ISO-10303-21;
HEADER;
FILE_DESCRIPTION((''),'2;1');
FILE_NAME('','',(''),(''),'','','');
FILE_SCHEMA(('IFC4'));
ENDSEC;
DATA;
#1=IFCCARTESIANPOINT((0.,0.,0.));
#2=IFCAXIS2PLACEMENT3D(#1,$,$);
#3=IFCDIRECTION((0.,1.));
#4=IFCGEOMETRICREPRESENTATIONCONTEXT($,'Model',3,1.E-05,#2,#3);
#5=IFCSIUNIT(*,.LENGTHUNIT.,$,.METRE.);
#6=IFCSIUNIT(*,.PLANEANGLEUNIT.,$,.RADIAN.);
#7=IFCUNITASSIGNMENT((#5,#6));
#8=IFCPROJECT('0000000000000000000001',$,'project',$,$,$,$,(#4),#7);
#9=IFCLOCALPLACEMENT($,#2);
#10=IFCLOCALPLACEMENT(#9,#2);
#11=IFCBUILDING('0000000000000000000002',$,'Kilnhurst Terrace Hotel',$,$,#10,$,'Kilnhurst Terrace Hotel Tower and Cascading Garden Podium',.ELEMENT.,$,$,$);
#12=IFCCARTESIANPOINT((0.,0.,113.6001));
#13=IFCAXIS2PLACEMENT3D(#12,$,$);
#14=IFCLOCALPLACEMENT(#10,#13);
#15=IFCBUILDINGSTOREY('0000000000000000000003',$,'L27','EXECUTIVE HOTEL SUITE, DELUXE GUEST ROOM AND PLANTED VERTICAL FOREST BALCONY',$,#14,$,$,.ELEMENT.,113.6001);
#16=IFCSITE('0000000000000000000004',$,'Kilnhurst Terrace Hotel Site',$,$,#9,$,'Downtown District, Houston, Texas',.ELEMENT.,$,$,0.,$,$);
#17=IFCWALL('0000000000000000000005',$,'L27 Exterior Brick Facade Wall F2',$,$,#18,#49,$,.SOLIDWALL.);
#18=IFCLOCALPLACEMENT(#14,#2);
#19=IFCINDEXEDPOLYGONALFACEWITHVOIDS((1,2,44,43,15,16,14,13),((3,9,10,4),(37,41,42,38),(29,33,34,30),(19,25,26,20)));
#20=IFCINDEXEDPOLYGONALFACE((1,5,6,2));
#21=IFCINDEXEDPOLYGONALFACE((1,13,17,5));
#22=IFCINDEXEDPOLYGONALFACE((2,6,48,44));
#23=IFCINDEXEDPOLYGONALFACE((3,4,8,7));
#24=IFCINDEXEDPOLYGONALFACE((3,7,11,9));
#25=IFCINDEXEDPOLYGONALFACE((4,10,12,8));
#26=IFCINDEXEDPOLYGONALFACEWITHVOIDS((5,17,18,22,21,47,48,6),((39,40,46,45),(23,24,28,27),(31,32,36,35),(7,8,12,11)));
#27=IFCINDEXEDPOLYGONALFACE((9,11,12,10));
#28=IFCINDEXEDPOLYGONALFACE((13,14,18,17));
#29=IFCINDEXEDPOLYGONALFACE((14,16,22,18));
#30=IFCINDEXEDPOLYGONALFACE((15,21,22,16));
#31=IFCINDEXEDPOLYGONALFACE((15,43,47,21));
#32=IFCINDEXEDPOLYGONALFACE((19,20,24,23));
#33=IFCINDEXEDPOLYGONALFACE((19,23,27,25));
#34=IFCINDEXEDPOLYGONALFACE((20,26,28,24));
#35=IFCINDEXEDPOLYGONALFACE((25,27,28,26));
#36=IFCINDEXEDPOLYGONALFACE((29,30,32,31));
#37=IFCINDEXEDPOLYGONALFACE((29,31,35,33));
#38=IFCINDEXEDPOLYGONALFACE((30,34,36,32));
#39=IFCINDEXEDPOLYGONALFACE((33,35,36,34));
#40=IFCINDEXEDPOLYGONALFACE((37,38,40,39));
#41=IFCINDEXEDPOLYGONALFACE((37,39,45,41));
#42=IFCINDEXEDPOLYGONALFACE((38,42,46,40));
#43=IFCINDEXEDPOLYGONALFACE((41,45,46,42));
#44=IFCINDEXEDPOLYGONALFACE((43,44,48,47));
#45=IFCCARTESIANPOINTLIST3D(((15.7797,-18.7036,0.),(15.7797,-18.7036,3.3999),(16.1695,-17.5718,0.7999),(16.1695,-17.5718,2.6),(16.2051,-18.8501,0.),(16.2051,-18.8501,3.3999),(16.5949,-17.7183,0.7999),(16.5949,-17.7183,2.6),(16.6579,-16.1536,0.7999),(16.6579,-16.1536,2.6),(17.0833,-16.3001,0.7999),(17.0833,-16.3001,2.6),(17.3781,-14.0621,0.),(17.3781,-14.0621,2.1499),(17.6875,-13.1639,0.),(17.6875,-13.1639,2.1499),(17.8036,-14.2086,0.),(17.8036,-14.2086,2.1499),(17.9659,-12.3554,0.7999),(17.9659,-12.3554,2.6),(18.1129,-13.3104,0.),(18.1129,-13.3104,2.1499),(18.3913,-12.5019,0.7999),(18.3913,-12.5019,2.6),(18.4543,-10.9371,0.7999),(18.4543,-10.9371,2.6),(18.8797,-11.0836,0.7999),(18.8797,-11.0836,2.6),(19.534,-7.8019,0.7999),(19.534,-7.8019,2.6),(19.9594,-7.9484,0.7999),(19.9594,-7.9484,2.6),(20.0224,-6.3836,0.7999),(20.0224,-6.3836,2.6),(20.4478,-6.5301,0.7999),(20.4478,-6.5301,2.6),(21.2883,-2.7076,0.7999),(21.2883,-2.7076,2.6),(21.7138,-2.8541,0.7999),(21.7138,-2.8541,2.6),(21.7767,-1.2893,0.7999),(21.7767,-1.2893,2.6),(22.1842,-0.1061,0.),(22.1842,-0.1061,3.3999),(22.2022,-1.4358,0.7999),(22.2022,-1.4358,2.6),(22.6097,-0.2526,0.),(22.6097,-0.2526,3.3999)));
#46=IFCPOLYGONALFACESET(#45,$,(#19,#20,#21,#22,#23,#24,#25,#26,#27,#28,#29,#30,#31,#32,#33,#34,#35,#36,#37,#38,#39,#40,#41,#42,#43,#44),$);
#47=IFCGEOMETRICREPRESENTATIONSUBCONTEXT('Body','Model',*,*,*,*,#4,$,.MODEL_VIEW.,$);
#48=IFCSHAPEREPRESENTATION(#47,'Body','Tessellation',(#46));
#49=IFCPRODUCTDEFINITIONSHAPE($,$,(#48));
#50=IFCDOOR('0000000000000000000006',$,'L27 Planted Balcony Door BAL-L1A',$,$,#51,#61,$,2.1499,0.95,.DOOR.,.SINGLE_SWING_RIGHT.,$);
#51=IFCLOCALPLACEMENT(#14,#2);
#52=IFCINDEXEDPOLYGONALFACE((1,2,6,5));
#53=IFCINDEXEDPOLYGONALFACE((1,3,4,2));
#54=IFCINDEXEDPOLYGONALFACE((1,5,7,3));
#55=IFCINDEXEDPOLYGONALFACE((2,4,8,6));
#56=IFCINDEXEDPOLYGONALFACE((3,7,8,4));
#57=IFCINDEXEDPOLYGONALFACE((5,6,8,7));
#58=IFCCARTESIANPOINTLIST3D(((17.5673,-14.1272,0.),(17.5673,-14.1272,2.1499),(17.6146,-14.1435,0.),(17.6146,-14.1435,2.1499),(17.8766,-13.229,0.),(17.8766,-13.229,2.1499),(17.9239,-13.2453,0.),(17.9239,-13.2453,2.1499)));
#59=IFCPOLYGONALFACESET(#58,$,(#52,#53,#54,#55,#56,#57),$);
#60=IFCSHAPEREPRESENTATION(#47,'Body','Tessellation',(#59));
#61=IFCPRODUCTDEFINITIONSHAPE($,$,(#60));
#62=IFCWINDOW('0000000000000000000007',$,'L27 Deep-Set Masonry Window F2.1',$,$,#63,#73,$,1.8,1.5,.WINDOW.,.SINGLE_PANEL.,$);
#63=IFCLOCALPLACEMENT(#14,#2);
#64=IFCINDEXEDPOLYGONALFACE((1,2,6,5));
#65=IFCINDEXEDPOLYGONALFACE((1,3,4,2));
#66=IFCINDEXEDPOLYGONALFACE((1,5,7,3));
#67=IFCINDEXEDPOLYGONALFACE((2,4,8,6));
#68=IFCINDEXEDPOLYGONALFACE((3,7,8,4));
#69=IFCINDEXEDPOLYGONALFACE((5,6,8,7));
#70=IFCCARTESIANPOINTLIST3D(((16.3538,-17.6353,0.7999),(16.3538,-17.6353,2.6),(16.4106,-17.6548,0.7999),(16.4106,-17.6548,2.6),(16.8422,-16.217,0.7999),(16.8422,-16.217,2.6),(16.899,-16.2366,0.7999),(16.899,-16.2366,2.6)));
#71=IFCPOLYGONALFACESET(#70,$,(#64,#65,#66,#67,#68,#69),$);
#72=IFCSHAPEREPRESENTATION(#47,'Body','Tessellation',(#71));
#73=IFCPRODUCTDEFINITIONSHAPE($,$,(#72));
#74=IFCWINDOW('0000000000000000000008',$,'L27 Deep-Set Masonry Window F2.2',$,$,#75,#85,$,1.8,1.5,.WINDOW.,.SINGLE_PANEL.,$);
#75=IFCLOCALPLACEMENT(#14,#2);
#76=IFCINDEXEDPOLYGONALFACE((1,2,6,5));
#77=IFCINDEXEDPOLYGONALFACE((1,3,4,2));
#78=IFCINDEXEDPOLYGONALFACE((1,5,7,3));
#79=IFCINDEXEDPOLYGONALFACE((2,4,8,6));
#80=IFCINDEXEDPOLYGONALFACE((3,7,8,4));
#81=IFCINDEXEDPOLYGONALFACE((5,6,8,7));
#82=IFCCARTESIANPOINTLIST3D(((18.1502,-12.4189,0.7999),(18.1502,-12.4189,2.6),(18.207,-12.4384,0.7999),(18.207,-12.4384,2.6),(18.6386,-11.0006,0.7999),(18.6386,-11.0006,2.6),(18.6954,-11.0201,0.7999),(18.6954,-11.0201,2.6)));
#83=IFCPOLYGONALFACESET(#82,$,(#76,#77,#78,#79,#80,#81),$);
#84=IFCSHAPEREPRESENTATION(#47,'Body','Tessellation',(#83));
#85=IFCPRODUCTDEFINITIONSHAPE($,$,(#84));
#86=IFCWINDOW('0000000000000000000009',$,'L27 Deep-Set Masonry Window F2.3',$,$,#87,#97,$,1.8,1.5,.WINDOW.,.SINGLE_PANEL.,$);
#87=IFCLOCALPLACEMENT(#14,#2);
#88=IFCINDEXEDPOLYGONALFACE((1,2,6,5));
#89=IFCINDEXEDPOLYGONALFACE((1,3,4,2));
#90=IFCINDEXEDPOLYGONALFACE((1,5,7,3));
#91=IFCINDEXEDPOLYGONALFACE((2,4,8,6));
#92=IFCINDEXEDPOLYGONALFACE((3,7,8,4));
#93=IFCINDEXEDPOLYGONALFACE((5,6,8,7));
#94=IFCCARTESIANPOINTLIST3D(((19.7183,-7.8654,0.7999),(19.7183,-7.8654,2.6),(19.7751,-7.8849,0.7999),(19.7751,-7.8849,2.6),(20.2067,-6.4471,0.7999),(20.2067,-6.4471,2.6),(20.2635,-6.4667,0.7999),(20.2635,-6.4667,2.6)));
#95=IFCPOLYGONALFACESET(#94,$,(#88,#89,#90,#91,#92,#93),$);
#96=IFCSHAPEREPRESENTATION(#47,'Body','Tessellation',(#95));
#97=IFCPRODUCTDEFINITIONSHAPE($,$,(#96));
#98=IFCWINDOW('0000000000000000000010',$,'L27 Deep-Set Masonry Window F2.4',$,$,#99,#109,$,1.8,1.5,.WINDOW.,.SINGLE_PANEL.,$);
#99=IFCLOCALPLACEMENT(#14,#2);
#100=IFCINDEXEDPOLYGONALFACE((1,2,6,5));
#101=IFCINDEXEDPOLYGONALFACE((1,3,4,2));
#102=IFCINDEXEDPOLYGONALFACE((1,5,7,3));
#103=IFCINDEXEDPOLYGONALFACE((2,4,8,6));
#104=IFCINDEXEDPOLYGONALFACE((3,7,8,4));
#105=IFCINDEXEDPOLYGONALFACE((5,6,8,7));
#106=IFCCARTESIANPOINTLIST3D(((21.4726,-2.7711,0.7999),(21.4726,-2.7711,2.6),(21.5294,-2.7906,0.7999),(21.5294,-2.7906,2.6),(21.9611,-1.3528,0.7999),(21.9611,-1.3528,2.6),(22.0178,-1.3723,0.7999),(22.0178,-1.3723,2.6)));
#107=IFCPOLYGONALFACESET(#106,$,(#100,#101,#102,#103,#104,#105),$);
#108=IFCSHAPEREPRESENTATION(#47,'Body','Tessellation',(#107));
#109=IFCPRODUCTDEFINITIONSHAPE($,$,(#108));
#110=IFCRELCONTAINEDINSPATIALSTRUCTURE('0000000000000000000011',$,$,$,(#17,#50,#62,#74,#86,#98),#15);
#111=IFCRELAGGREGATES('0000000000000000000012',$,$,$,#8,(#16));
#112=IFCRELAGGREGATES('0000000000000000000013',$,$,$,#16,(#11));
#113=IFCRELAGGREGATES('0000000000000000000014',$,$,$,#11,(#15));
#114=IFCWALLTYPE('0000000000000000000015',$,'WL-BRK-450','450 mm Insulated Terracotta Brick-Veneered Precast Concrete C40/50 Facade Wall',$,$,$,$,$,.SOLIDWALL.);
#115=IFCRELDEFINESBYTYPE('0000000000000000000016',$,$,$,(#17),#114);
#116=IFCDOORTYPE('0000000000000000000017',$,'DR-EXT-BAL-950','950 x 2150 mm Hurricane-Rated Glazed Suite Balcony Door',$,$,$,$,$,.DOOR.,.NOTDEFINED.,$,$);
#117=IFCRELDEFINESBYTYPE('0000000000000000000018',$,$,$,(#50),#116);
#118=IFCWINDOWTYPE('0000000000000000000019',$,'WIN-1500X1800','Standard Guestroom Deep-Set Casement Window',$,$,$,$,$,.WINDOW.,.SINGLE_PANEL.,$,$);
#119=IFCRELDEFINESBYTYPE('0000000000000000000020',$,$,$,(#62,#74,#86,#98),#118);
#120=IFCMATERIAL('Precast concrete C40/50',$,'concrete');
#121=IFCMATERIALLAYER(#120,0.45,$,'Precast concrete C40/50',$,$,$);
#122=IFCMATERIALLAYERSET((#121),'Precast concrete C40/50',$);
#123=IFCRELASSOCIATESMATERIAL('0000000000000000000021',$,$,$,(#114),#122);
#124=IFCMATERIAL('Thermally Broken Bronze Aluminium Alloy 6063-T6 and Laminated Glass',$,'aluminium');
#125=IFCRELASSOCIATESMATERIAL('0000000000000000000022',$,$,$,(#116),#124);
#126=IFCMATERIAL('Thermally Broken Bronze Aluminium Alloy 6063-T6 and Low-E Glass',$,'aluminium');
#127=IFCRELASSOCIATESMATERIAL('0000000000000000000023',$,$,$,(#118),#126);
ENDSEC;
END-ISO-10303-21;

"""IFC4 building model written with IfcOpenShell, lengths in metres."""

from ifc_helpers import new_model, si_unit, direction, frame, frame_2d, origin, place, context, subcontext, project, spatial, rectangle, extrude, material, layer, layer_set, type_object, element, fill, save


model = new_model("IFC4")

# Units and contexts
model_context = context("Model", 3, precision=1e-05, world=origin(), true_north=direction((0.0, 1.0)))
body_context = subcontext(model_context, "Body", "Model", "MODEL_VIEW")
ifc_project = project(units=[si_unit("LENGTHUNIT", "METRE"), si_unit("PLANEANGLEUNIT", "RADIAN")], contexts=[model_context])

# Site, building, storey
site_placement = place(None, origin())
site = spatial("IfcSite", under=ifc_project, at=site_placement, Name="Kilnhurst Terrace Hotel Site", LongName="Downtown District, Houston, Texas", CompositionType="ELEMENT", RefElevation=0.0)
building_placement = place(site_placement, origin())
building = spatial("IfcBuilding", under=site, at=building_placement, Name="Kilnhurst Terrace Hotel", LongName="Kilnhurst Terrace Hotel Tower and Cascading Garden Podium", CompositionType="ELEMENT")
storey_placement = place(building_placement, frame((0.0, 0.0, 113.6001)))
storey = spatial("IfcBuildingStorey", under=building, at=storey_placement, Name="L27", Description="EXECUTIVE HOTEL SUITE, DELUXE GUEST ROOM AND PLANTED VERTICAL FOREST BALCONY", CompositionType="ELEMENT", Elevation=113.6001)

# Shared definitions
ifc_material_1 = material(Name="Precast concrete C40/50", Category="concrete")
ifc_layer_1 = layer(ifc_material_1, 0.45, Name="Precast concrete C40/50")
ifc_layer_set_1 = layer_set([ifc_layer_1], Name="Precast concrete C40/50")
wall_type_1 = type_object("IfcWallType", Name="WL-BRK-450", Description="450 mm Insulated Terracotta Brick-Veneered Precast Concrete C40/50 Facade Wall", PredefinedType="SOLIDWALL", material=ifc_layer_set_1)

# Wall, openings, door, windows
wall_1_placement = place(storey_placement, frame((15.9924, -18.7769, 0.0), z_axis=(0.0, 0.0, 1.0), x_axis=(0.325607, 0.945505, 0.0)))
wall_1 = element("IfcWall", 1, at=wall_1_placement, inside=storey, type_object=wall_type_1, Name="L27 Exterior Brick Facade Wall F2", PredefinedType="SOLIDWALL", context=body_context, shape_type="SweptSolid", body=[
    extrude(rectangle(XDim=19.6694, YDim=0.45, at=frame_2d((9.8347, 0.0))), origin(), (0.0, 0.0, 1.0), 3.3999),
])
opening_1_placement = place(wall_1_placement, frame((4.9089, 0.0, 0.0)))
opening_1 = element("IfcOpeningElement", 2, at=opening_1_placement, cuts=wall_1, PredefinedType="OPENING", context=body_context, shape_type="SweptSolid", body=[
    extrude(rectangle(XDim=0.95, YDim=2.1499, at=frame_2d((0.4751, 1.075))), frame((0.0, 0.2349, 0.0), z_axis=(0.0, -1.0, 0.0), x_axis=(1.0, 0.0, 0.0)), (0.0, 0.0, 1.0), 0.47),
])
opening_2_placement = place(wall_1_placement, frame((1.197, 0.0, 0.8)))
opening_2 = element("IfcOpeningElement", 3, at=opening_2_placement, cuts=wall_1, PredefinedType="OPENING", context=body_context, shape_type="SweptSolid", body=[
    extrude(rectangle(XDim=1.5, YDim=1.8, at=frame_2d((0.75, 0.8999))), frame((0.0, 0.2349, 0.0), z_axis=(0.0, -1.0, 0.0), x_axis=(1.0, 0.0, 0.0)), (0.0, 0.0, 1.0), 0.47),
])
opening_3_placement = place(wall_1_placement, frame((6.7141, 0.0, 0.8)))
opening_3 = element("IfcOpeningElement", 4, at=opening_3_placement, cuts=wall_1, PredefinedType="OPENING", context=body_context, shape_type="SweptSolid", body=[
    extrude(rectangle(XDim=1.5, YDim=1.8, at=frame_2d((0.75, 0.8999))), frame((0.0, 0.2349, 0.0), z_axis=(0.0, -1.0, 0.0), x_axis=(1.0, 0.0, 0.0)), (0.0, 0.0, 1.0), 0.47),
])
opening_4_placement = place(wall_1_placement, frame((11.53, 0.0, 0.8)))
opening_4 = element("IfcOpeningElement", 5, at=opening_4_placement, cuts=wall_1, PredefinedType="OPENING", context=body_context, shape_type="SweptSolid", body=[
    extrude(rectangle(XDim=1.5, YDim=1.8, at=frame_2d((0.75, 0.8999))), frame((0.0, 0.2349, 0.0), z_axis=(0.0, -1.0, 0.0), x_axis=(1.0, 0.0, 0.0)), (0.0, 0.0, 1.0), 0.47),
])
opening_5_placement = place(wall_1_placement, frame((16.918, 0.0, 0.8)))
opening_5 = element("IfcOpeningElement", 6, at=opening_5_placement, cuts=wall_1, PredefinedType="OPENING", context=body_context, shape_type="SweptSolid", body=[
    extrude(rectangle(XDim=1.5, YDim=1.8, at=frame_2d((0.75, 0.8999))), frame((0.0, 0.2349, 0.0), z_axis=(0.0, -1.0, 0.0), x_axis=(1.0, 0.0, 0.0)), (0.0, 0.0, 1.0), 0.47),
])
ifc_material_2 = material(Name="Thermally Broken Bronze Aluminium Alloy 6063-T6 and Laminated Glass", Category="aluminium")
door_type_1 = type_object("IfcDoorType", Name="DR-EXT-BAL-950", Description="950 x 2150 mm Hurricane-Rated Glazed Suite Balcony Door", OperationType="NOTDEFINED", PredefinedType="DOOR", material=ifc_material_2)
door_1_placement = place(opening_1_placement, origin())
door_1 = element("IfcDoor", 7, at=door_1_placement, inside=storey, type_object=door_type_1, Name="L27 Planted Balcony Door BAL-L1A", OperationType="SINGLE_SWING_RIGHT", OverallHeight=2.1499, OverallWidth=0.95, PredefinedType="DOOR", context=body_context, shape_type="SweptSolid", body=[
    extrude(rectangle(XDim=0.95, YDim=2.1499, at=frame_2d((0.4751, 1.075))), frame((0.0, 0.0249, 0.0), z_axis=(0.0, -1.0, 0.0), x_axis=(1.0, 0.0, 0.0)), (0.0, 0.0, 1.0), 0.05),
])
fill(opening_1, door_1)
ifc_material_3 = material(Name="Thermally Broken Bronze Aluminium Alloy 6063-T6 and Low-E Glass", Category="aluminium")
window_type = type_object("IfcWindowType", Name="WIN-1500X1800", Description="Standard Guestroom Deep-Set Casement Window", PartitioningType="SINGLE_PANEL", PredefinedType="WINDOW", material=ifc_material_3)
window_1_placement = place(opening_2_placement, origin())
window_1 = element("IfcWindow", 8, at=window_1_placement, inside=storey, type_object=window_type, Name="L27 Deep-Set Masonry Window F2.1", OverallHeight=1.8, OverallWidth=1.5, PartitioningType="SINGLE_PANEL", PredefinedType="WINDOW", context=body_context, shape_type="SweptSolid", body=[
    extrude(rectangle(XDim=1.5, YDim=1.8, at=frame_2d((0.75, 0.8999))), frame((0.0, 0.03, 0.0), z_axis=(0.0, -1.0, 0.0), x_axis=(1.0, 0.0, 0.0)), (0.0, 0.0, 1.0), 0.0601),
])
fill(opening_2, window_1)
window_2_placement = place(opening_3_placement, origin())
window_2 = element("IfcWindow", 9, at=window_2_placement, inside=storey, type_object=window_type, Name="L27 Deep-Set Masonry Window F2.2", OverallHeight=1.8, OverallWidth=1.5, PartitioningType="SINGLE_PANEL", PredefinedType="WINDOW", context=body_context, shape_type="SweptSolid", body=[
    extrude(rectangle(XDim=1.5, YDim=1.8, at=frame_2d((0.75, 0.8999))), frame((0.0, 0.03, 0.0), z_axis=(0.0, -1.0, 0.0), x_axis=(1.0, 0.0, 0.0)), (0.0, 0.0, 1.0), 0.0601),
])
fill(opening_3, window_2)
window_3_placement = place(opening_4_placement, origin())
window_3 = element("IfcWindow", 10, at=window_3_placement, inside=storey, type_object=window_type, Name="L27 Deep-Set Masonry Window F2.3", OverallHeight=1.8, OverallWidth=1.5, PartitioningType="SINGLE_PANEL", PredefinedType="WINDOW", context=body_context, shape_type="SweptSolid", body=[
    extrude(rectangle(XDim=1.5, YDim=1.8, at=frame_2d((0.75, 0.8999))), frame((0.0, 0.03, 0.0), z_axis=(0.0, -1.0, 0.0), x_axis=(1.0, 0.0, 0.0)), (0.0, 0.0, 1.0), 0.0601),
])
fill(opening_4, window_3)
window_4_placement = place(opening_5_placement, origin())
window_4 = element("IfcWindow", 11, at=window_4_placement, inside=storey, type_object=window_type, Name="L27 Deep-Set Masonry Window F2.4", OverallHeight=1.8, OverallWidth=1.5, PartitioningType="SINGLE_PANEL", PredefinedType="WINDOW", context=body_context, shape_type="SweptSolid", body=[
    extrude(rectangle(XDim=1.5, YDim=1.8, at=frame_2d((0.75, 0.8999))), frame((0.0, 0.03, 0.0), z_axis=(0.0, -1.0, 0.0), x_axis=(1.0, 0.0, 0.0)), (0.0, 0.0, 1.0), 0.0601),
])
fill(opening_5, window_4)

save(model, "model.ifc")
